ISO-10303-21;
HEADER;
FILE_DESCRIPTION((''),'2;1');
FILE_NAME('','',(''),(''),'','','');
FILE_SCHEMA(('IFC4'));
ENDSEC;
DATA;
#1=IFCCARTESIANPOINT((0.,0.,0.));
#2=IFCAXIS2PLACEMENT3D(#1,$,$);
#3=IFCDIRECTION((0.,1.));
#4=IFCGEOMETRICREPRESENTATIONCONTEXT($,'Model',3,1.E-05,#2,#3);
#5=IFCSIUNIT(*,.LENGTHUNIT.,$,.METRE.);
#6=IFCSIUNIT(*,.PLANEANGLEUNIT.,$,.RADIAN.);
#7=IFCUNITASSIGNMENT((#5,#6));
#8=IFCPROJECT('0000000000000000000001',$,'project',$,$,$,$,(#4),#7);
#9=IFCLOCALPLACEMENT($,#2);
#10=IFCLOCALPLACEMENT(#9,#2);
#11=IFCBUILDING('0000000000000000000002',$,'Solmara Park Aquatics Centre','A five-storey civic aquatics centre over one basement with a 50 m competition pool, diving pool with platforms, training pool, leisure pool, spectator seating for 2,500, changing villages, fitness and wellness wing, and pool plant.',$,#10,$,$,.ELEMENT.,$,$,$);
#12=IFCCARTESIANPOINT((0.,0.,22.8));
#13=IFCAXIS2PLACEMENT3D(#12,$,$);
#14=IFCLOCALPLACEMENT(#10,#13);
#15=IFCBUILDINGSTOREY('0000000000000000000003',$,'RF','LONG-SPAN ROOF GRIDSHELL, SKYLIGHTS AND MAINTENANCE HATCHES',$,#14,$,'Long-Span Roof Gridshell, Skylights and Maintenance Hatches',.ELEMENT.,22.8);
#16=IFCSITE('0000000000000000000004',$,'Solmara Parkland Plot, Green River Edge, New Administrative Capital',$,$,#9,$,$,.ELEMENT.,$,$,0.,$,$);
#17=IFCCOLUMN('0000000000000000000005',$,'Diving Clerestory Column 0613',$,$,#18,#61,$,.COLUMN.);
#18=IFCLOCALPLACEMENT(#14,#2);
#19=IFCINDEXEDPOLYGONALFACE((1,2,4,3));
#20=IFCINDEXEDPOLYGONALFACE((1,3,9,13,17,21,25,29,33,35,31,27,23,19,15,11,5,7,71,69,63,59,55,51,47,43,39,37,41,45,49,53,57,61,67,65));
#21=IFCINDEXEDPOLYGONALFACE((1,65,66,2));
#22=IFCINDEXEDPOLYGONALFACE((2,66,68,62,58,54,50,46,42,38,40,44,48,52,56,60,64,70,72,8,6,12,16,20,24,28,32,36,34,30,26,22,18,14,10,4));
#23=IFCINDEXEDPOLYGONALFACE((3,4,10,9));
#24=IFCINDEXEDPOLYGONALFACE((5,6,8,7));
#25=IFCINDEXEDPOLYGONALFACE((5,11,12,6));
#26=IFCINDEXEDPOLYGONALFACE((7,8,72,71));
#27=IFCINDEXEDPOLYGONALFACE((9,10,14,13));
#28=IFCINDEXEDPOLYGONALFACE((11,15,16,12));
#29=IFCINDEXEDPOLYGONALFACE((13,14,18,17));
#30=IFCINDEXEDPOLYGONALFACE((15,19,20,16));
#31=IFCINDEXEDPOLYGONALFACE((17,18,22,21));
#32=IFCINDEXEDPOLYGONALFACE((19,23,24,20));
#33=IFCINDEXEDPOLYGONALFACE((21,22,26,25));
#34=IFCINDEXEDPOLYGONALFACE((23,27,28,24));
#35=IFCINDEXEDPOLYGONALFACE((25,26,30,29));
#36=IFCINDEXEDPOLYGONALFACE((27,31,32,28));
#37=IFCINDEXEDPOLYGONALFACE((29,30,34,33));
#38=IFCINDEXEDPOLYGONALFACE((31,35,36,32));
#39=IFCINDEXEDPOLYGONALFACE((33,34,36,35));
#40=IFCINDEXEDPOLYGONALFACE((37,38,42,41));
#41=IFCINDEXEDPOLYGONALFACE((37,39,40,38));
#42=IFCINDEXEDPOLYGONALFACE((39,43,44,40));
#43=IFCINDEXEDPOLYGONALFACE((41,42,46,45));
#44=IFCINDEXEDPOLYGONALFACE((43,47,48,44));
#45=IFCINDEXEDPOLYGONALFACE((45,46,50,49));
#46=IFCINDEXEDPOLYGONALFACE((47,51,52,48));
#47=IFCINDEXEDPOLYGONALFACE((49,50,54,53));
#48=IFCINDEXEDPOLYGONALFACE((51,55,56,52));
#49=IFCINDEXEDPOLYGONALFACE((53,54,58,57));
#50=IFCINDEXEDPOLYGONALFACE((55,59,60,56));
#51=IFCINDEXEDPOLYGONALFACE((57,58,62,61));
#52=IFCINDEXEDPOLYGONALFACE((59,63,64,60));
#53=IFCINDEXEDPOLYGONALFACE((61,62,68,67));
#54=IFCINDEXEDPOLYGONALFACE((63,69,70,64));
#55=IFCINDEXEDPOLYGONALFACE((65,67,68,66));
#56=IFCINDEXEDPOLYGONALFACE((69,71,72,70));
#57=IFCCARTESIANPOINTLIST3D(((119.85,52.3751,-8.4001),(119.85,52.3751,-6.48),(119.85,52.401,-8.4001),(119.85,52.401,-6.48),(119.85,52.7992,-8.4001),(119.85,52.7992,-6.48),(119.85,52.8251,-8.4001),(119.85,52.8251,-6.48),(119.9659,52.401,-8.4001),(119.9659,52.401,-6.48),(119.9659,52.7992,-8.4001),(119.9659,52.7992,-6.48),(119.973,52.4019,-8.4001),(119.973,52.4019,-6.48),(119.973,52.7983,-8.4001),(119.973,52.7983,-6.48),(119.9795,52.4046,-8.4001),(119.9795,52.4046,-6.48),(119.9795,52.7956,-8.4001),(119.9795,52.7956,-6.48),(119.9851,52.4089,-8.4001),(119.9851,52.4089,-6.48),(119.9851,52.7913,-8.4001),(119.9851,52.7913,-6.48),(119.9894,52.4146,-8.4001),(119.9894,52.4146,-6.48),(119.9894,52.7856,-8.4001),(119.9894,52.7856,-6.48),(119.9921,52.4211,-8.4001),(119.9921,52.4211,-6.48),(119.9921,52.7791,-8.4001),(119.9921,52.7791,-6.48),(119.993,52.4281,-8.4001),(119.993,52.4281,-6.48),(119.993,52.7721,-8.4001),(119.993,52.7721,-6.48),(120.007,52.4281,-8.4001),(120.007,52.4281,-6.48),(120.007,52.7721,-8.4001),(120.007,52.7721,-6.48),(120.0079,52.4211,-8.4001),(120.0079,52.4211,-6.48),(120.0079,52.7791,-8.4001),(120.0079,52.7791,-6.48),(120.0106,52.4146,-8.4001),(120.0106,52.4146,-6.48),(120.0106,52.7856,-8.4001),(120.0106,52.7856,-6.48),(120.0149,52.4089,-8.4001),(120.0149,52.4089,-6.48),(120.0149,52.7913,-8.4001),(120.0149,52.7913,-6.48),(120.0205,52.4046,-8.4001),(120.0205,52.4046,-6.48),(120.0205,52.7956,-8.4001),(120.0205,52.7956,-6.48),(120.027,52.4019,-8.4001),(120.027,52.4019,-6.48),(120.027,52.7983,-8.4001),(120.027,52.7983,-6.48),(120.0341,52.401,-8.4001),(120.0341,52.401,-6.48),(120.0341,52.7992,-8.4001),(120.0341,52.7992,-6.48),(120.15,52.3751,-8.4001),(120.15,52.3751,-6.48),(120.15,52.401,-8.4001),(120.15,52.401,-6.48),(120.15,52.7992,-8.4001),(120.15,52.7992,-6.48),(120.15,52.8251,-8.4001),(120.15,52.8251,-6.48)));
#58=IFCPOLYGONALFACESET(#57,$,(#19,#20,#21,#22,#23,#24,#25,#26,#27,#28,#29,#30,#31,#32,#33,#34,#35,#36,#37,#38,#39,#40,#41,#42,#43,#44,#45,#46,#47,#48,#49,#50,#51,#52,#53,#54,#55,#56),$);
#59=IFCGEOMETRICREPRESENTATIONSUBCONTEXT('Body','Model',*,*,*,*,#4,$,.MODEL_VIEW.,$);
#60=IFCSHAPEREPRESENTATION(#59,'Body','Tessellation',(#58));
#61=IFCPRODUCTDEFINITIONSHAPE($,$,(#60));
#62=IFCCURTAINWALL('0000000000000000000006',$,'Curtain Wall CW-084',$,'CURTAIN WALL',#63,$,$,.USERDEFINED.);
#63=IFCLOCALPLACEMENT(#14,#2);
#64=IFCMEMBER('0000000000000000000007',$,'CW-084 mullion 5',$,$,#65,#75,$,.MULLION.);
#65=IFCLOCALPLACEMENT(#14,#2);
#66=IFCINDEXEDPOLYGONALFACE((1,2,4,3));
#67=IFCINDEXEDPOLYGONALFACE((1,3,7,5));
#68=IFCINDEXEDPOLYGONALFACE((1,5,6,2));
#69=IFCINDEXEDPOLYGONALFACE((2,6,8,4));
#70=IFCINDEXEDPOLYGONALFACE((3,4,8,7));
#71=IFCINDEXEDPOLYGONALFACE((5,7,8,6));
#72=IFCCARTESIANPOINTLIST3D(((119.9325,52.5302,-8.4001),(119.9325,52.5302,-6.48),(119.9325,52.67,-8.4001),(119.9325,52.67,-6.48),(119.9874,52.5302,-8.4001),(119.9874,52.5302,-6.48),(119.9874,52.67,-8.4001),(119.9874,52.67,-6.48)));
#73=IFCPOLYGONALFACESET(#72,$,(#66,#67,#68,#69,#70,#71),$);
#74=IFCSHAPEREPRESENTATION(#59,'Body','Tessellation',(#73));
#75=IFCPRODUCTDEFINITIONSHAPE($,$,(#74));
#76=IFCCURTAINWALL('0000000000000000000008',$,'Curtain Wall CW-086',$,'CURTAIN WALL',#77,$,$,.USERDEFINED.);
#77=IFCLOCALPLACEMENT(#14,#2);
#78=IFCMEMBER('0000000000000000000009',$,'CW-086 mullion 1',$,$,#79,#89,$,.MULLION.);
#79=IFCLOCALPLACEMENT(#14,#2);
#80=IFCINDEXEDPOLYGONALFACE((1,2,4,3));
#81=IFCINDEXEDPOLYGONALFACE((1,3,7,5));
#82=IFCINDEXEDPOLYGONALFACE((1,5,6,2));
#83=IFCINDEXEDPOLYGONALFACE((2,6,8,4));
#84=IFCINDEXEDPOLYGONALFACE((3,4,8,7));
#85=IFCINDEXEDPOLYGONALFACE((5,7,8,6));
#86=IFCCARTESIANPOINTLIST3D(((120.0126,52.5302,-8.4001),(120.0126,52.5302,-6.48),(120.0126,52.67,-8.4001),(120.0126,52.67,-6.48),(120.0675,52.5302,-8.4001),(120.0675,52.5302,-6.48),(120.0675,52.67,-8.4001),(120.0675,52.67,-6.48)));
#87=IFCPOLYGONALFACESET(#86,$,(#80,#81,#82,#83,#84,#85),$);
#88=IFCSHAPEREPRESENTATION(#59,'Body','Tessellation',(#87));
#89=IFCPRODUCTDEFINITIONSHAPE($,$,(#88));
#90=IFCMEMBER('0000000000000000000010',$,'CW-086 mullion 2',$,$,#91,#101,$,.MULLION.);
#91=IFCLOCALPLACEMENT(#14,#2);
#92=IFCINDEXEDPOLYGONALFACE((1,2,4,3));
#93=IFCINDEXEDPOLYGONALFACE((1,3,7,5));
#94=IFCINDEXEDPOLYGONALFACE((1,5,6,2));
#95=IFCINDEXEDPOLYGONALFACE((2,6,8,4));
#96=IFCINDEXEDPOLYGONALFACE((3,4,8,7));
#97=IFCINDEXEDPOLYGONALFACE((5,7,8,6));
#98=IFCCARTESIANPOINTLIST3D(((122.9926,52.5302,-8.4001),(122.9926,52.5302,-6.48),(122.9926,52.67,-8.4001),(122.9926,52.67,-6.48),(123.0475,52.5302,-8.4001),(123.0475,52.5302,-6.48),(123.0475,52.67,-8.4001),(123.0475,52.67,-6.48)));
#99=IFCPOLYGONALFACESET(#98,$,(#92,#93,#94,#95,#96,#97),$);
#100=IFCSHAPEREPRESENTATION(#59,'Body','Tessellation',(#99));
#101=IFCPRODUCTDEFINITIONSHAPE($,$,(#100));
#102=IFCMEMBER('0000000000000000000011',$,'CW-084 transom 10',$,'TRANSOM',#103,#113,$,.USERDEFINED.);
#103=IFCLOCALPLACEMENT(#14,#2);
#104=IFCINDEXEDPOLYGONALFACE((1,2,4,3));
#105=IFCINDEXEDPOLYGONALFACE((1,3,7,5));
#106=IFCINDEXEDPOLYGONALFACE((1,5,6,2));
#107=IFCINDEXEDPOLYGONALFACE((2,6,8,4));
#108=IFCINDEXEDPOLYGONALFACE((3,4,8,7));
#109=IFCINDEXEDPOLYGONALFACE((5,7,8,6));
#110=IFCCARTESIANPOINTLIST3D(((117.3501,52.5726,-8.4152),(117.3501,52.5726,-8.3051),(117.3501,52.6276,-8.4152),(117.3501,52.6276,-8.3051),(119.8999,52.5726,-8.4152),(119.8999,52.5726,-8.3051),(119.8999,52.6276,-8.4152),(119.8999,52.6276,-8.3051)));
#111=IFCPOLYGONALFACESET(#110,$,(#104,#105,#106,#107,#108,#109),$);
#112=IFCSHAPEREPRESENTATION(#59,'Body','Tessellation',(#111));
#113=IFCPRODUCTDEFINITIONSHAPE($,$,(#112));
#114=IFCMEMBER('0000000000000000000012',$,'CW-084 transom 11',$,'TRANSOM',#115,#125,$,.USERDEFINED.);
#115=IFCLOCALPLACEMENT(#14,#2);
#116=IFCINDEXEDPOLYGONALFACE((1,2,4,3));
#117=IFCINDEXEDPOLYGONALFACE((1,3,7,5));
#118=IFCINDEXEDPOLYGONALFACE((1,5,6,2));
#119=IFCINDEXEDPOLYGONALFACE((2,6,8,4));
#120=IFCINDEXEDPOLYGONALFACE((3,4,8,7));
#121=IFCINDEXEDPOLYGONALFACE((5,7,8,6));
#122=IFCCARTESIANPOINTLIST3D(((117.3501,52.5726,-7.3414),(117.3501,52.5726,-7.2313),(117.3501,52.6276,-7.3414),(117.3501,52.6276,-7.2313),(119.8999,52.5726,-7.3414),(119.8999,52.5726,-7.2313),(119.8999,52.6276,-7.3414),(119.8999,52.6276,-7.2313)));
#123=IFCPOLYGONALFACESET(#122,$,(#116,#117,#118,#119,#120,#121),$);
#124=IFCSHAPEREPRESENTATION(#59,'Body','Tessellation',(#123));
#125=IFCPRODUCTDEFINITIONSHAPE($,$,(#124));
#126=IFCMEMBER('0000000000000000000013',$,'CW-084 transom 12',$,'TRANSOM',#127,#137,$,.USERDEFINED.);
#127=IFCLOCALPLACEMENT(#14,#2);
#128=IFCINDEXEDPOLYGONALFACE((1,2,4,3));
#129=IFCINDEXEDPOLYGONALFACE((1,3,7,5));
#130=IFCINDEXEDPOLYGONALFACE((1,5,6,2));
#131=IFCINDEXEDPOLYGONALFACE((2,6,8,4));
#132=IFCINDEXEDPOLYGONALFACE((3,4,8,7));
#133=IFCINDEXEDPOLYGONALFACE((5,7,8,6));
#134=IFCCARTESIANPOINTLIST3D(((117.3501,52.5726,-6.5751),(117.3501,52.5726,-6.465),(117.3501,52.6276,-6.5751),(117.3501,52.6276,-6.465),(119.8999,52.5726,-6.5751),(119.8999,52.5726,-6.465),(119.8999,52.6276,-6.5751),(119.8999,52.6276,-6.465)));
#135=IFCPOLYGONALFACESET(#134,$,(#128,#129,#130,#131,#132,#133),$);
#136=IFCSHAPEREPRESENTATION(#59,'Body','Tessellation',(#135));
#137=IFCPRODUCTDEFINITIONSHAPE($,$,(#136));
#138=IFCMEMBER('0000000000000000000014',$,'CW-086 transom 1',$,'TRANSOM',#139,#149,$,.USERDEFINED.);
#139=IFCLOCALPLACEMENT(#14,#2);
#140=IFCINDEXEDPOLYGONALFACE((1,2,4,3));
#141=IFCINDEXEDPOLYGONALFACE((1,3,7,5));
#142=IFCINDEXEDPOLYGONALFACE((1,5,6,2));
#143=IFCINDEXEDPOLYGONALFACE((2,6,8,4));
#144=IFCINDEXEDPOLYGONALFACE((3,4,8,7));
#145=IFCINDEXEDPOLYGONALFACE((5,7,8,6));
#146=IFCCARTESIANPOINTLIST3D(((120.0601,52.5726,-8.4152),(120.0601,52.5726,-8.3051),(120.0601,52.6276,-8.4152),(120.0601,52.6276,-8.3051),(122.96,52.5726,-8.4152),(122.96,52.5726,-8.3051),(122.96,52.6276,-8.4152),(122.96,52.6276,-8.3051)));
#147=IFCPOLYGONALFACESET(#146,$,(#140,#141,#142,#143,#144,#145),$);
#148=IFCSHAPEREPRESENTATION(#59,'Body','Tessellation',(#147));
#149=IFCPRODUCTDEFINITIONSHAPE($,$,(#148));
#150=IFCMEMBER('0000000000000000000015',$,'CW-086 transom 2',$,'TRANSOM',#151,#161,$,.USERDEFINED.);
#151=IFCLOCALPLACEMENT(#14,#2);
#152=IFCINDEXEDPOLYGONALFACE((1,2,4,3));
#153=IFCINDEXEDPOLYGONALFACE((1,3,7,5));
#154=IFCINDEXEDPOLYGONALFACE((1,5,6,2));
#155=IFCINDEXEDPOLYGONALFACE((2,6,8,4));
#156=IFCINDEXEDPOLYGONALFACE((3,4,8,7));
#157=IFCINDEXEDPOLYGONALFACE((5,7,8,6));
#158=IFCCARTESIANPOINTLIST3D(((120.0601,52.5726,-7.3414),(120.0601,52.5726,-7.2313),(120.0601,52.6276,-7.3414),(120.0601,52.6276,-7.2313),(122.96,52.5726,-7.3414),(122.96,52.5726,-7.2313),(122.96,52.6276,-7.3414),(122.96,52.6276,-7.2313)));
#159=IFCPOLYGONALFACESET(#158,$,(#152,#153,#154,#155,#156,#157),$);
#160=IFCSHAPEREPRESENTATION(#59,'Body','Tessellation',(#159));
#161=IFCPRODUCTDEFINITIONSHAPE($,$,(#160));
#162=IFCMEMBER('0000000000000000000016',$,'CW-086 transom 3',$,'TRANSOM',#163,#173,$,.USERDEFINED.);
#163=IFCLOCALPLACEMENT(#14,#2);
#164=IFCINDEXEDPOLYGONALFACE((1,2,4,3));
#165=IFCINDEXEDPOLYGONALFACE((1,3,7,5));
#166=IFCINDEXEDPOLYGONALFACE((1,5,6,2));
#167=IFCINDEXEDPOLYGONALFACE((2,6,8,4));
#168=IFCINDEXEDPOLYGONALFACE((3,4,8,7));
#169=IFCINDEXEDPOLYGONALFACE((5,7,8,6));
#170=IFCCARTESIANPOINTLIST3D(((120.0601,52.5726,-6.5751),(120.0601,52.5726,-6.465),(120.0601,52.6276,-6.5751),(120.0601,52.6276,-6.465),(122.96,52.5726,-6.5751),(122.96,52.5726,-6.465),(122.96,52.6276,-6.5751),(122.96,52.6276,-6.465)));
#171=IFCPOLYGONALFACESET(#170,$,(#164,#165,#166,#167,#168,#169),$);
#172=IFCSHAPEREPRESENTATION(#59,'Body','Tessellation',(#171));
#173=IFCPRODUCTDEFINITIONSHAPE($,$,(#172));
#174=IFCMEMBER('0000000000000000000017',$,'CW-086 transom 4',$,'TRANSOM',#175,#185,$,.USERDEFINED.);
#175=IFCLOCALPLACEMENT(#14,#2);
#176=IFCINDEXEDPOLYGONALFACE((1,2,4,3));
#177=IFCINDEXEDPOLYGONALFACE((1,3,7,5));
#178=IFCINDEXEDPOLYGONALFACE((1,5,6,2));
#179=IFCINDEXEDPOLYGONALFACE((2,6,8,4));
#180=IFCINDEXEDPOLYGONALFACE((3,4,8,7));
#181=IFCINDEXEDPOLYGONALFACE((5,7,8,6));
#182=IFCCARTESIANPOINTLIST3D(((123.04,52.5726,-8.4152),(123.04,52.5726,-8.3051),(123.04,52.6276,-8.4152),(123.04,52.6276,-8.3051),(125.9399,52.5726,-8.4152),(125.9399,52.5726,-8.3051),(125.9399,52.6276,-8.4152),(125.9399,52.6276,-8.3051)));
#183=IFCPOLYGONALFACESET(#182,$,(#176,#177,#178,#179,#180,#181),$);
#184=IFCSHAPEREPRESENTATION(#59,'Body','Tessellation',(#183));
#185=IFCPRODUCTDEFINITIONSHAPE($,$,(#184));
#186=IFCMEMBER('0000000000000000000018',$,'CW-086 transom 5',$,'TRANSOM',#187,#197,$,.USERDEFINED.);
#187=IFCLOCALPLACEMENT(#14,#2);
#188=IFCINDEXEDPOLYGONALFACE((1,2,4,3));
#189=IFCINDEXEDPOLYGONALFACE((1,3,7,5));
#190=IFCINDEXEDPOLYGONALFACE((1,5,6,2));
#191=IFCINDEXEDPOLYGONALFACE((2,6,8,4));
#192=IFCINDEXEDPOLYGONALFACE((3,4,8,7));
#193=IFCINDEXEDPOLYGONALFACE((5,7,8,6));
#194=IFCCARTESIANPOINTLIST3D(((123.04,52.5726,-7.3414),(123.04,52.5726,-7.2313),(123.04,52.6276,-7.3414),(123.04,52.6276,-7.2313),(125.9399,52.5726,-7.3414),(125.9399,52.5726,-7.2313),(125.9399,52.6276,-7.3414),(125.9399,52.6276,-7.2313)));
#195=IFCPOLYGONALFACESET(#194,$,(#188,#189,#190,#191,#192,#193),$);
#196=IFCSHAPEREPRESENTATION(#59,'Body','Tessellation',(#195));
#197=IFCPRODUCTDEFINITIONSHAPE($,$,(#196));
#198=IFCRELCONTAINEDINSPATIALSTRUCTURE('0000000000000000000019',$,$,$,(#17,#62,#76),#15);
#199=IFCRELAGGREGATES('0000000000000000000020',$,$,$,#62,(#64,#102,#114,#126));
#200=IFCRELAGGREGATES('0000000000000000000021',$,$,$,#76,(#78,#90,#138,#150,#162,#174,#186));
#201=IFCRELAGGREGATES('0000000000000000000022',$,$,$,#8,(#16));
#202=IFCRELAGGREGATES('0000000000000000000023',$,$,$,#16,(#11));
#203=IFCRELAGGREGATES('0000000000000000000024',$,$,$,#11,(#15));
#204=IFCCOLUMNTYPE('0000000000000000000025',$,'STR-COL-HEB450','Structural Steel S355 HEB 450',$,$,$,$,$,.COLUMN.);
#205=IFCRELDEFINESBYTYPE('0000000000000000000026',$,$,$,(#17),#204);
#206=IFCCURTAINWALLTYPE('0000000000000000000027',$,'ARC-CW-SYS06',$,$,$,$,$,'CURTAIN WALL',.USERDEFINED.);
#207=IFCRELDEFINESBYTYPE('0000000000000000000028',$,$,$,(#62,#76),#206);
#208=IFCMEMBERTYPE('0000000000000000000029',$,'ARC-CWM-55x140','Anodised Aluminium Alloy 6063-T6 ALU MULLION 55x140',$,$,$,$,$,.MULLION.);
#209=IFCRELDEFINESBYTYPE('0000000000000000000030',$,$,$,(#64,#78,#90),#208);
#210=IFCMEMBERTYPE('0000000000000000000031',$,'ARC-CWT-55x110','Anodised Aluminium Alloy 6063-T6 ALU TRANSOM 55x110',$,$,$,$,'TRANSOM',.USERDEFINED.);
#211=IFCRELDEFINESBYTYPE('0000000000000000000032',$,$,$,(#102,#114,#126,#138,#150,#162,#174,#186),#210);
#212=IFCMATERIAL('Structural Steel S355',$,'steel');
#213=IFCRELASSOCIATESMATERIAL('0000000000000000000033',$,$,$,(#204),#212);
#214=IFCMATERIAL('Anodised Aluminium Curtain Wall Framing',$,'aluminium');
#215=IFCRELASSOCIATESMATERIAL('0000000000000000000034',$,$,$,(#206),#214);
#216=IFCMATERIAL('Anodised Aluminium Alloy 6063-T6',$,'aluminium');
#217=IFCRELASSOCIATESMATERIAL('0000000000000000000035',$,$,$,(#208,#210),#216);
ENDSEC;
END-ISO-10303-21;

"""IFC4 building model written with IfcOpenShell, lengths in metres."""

from ifc_helpers import new_model, si_unit, direction, frame, origin, origin_2d, place, context, subcontext, project, spatial, rectangle, i_section, extrude, material, material_profile, profile_set, type_object, element, aggregate, save


model = new_model("IFC4")

# Units and contexts
model_context = context("Model", 3, precision=1e-05, world=origin(), true_north=direction((0.0, 1.0)))
body_context = subcontext(model_context, "Body", "Model", "MODEL_VIEW")
ifc_project = project(units=[si_unit("LENGTHUNIT", "METRE"), si_unit("PLANEANGLEUNIT", "RADIAN")], contexts=[model_context])

# Site, building, storey
site_placement = place(None, origin())
site = spatial("IfcSite", under=ifc_project, at=site_placement, Name="Solmara Parkland Plot, Green River Edge, New Administrative Capital", CompositionType="ELEMENT", RefElevation=0.0)
building_placement = place(site_placement, origin())
building = spatial("IfcBuilding", under=site, at=building_placement, Name="Solmara Park Aquatics Centre", Description="A five-storey civic aquatics centre over one basement with a 50 m competition pool, diving pool with platforms, training pool, leisure pool, spectator seating for 2,500, changing villages, fitness and wellness wing, and pool plant.", CompositionType="ELEMENT")
storey_placement = place(building_placement, frame((0.0, 0.0, 22.8)))
storey = spatial("IfcBuildingStorey", under=building, at=storey_placement, Name="RF", Description="LONG-SPAN ROOF GRIDSHELL, SKYLIGHTS AND MAINTENANCE HATCHES", LongName="Long-Span Roof Gridshell, Skylights and Maintenance Hatches", CompositionType="ELEMENT", Elevation=22.8)

# Column
ifc_material_1 = material(Name="Structural Steel S355", Category="steel")
ifc_material_profile_1 = material_profile(ifc_material_1, i_section(OverallWidth=0.3, OverallDepth=0.45, WebThickness=0.0139, FlangeThickness=0.0259, FilletRadius=0.0271, at=origin_2d()), Name="HEB 450")
ifc_profile_set_1 = profile_set([ifc_material_profile_1], Name="Structural Steel S355")
column_type = type_object("IfcColumnType", Name="STR-COL-HEB450", Description="Structural Steel S355 HEB 450", PredefinedType="COLUMN", material=ifc_profile_set_1)
column_placement = place(storey_placement, frame((120.0, 52.6001, -8.4001), z_axis=(0.0, 0.0, 1.0), x_axis=(1.0, 0.0, 0.0)))
element("IfcColumn", 1, at=column_placement, inside=storey, type_object=column_type, Name="Diving Clerestory Column 0613", PredefinedType="COLUMN", context=body_context, shape_type="SweptSolid", body=[
    extrude(i_section(OverallWidth=0.3, OverallDepth=0.45, WebThickness=0.0139, FlangeThickness=0.0259, FilletRadius=0.0271, at=origin_2d()), origin(), (0.0, 0.0, 1.0), 1.9202),
])

# Curtain wall, member
ifc_material_2 = material(Name="Anodised Aluminium Curtain Wall Framing", Category="aluminium")
curtain_wall_type = type_object("IfcCurtainWallType", Name="ARC-CW-SYS06", ElementType="CURTAIN WALL", PredefinedType="USERDEFINED", material=ifc_material_2)
curtain_wall_1_placement = place(storey_placement, origin())
curtain_wall_1 = element("IfcCurtainWall", 2, at=curtain_wall_1_placement, inside=storey, type_object=curtain_wall_type, Name="Curtain Wall CW-084", ObjectType="CURTAIN WALL", PredefinedType="USERDEFINED")
ifc_material_3 = material(Name="Anodised Aluminium Alloy 6063-T6", Category="aluminium")
ifc_material_profile_2 = material_profile(ifc_material_3, rectangle(XDim=0.0549, YDim=0.1399, at=origin_2d()), Name="ALU MULLION 55x140")
ifc_profile_set_2 = profile_set([ifc_material_profile_2], Name="Anodised Aluminium Alloy 6063-T6")
member_type_1 = type_object("IfcMemberType", Name="ARC-CWM-55x140", Description="Anodised Aluminium Alloy 6063-T6 ALU MULLION 55x140", PredefinedType="MULLION", material=ifc_profile_set_2)
member_1_placement = place(storey_placement, frame((119.96, 52.6001, -8.4001), z_axis=(0.0, 0.0, 1.0), x_axis=(1.0, 0.0, 0.0)))
member_1 = element("IfcMember", 3, at=member_1_placement, type_object=member_type_1, Name="CW-084 mullion 5", PredefinedType="MULLION", context=body_context, shape_type="SweptSolid", body=[
    extrude(rectangle(XDim=0.0549, YDim=0.1399, at=origin_2d()), origin(), (0.0, 0.0, 1.0), 1.9202),
])

# Curtain wall, members
curtain_wall_2_placement = place(storey_placement, origin())
curtain_wall_2 = element("IfcCurtainWall", 4, at=curtain_wall_2_placement, inside=storey, type_object=curtain_wall_type, Name="Curtain Wall CW-086", ObjectType="CURTAIN WALL", PredefinedType="USERDEFINED")
member_2_placement = place(storey_placement, frame((120.04, 52.6001, -8.4001), z_axis=(0.0, 0.0, 1.0), x_axis=(1.0, 0.0, 0.0)))
member_2 = element("IfcMember", 5, at=member_2_placement, type_object=member_type_1, Name="CW-086 mullion 1", PredefinedType="MULLION", context=body_context, shape_type="SweptSolid", body=[
    extrude(rectangle(XDim=0.0549, YDim=0.1399, at=origin_2d()), origin(), (0.0, 0.0, 1.0), 1.9202),
])
member_3_placement = place(storey_placement, frame((123.02, 52.6001, -8.4001), z_axis=(0.0, 0.0, 1.0), x_axis=(1.0, 0.0, 0.0)))
member_3 = element("IfcMember", 6, at=member_3_placement, type_object=member_type_1, Name="CW-086 mullion 2", PredefinedType="MULLION", context=body_context, shape_type="SweptSolid", body=[
    extrude(rectangle(XDim=0.0549, YDim=0.1399, at=origin_2d()), origin(), (0.0, 0.0, 1.0), 1.9202),
])

# Members
ifc_material_profile_3 = material_profile(ifc_material_3, rectangle(XDim=0.0549, YDim=0.1101, at=origin_2d()), Name="ALU TRANSOM 55x110")
ifc_profile_set_3 = profile_set([ifc_material_profile_3], Name="Anodised Aluminium Alloy 6063-T6")
member_type_2 = type_object("IfcMemberType", Name="ARC-CWT-55x110", Description="Anodised Aluminium Alloy 6063-T6 ALU TRANSOM 55x110", ElementType="TRANSOM", PredefinedType="USERDEFINED", material=ifc_profile_set_3)
member_4_placement = place(storey_placement, frame((117.3501, 52.6001, -8.3601), z_axis=(1.0, 0.0, 0.0), x_axis=(0.0, 1.0, 0.0)))
member_4 = element("IfcMember", 7, at=member_4_placement, type_object=member_type_2, Name="CW-084 transom 10", ObjectType="TRANSOM", PredefinedType="USERDEFINED", context=body_context, shape_type="SweptSolid", body=[
    extrude(rectangle(XDim=0.0549, YDim=0.1101, at=origin_2d()), origin(), (0.0, 0.0, 1.0), 2.5498),
])
member_5_placement = place(storey_placement, frame((117.3501, 52.6001, -7.2864), z_axis=(1.0, 0.0, 0.0), x_axis=(0.0, 1.0, 0.0)))
member_5 = element("IfcMember", 8, at=member_5_placement, type_object=member_type_2, Name="CW-084 transom 11", ObjectType="TRANSOM", PredefinedType="USERDEFINED", context=body_context, shape_type="SweptSolid", body=[
    extrude(rectangle(XDim=0.0549, YDim=0.1101, at=origin_2d()), origin(), (0.0, 0.0, 1.0), 2.5498),
])
member_6_placement = place(storey_placement, frame((117.3501, 52.6001, -6.52), z_axis=(1.0, 0.0, 0.0), x_axis=(0.0, 1.0, 0.0)))
member_6 = element("IfcMember", 9, at=member_6_placement, type_object=member_type_2, Name="CW-084 transom 12", ObjectType="TRANSOM", PredefinedType="USERDEFINED", context=body_context, shape_type="SweptSolid", body=[
    extrude(rectangle(XDim=0.0549, YDim=0.1101, at=origin_2d()), origin(), (0.0, 0.0, 1.0), 2.5498),
])
member_7_placement = place(storey_placement, frame((120.0601, 52.6001, -8.3601), z_axis=(1.0, 0.0, 0.0), x_axis=(0.0, 1.0, 0.0)))
member_7 = element("IfcMember", 10, at=member_7_placement, type_object=member_type_2, Name="CW-086 transom 1", ObjectType="TRANSOM", PredefinedType="USERDEFINED", context=body_context, shape_type="SweptSolid", body=[
    extrude(rectangle(XDim=0.0549, YDim=0.1101, at=origin_2d()), origin(), (0.0, 0.0, 1.0), 2.8999),
])
member_8_placement = place(storey_placement, frame((120.0601, 52.6001, -7.2864), z_axis=(1.0, 0.0, 0.0), x_axis=(0.0, 1.0, 0.0)))
member_8 = element("IfcMember", 11, at=member_8_placement, type_object=member_type_2, Name="CW-086 transom 2", ObjectType="TRANSOM", PredefinedType="USERDEFINED", context=body_context, shape_type="SweptSolid", body=[
    extrude(rectangle(XDim=0.0549, YDim=0.1101, at=origin_2d()), origin(), (0.0, 0.0, 1.0), 2.8999),
])
member_9_placement = place(storey_placement, frame((120.0601, 52.6001, -6.52), z_axis=(1.0, 0.0, 0.0), x_axis=(0.0, 1.0, 0.0)))
member_9 = element("IfcMember", 12, at=member_9_placement, type_object=member_type_2, Name="CW-086 transom 3", ObjectType="TRANSOM", PredefinedType="USERDEFINED", context=body_context, shape_type="SweptSolid", body=[
    extrude(rectangle(XDim=0.0549, YDim=0.1101, at=origin_2d()), origin(), (0.0, 0.0, 1.0), 2.8999),
])
member_10_placement = place(storey_placement, frame((123.04, 52.6001, -8.3601), z_axis=(1.0, 0.0, 0.0), x_axis=(0.0, 1.0, 0.0)))
member_10 = element("IfcMember", 13, at=member_10_placement, type_object=member_type_2, Name="CW-086 transom 4", ObjectType="TRANSOM", PredefinedType="USERDEFINED", context=body_context, shape_type="SweptSolid", body=[
    extrude(rectangle(XDim=0.0549, YDim=0.1101, at=origin_2d()), origin(), (0.0, 0.0, 1.0), 2.8999),
])
member_11_placement = place(storey_placement, frame((123.04, 52.6001, -7.2864), z_axis=(1.0, 0.0, 0.0), x_axis=(0.0, 1.0, 0.0)))
member_11 = element("IfcMember", 14, at=member_11_placement, type_object=member_type_2, Name="CW-086 transom 5", ObjectType="TRANSOM", PredefinedType="USERDEFINED", context=body_context, shape_type="SweptSolid", body=[
    extrude(rectangle(XDim=0.0549, YDim=0.1101, at=origin_2d()), origin(), (0.0, 0.0, 1.0), 2.8999),
])

aggregate(curtain_wall_1, [member_1, member_4, member_5, member_6])
aggregate(curtain_wall_2, [member_2, member_3, member_7, member_8, member_9, member_10, member_11])

save(model, "model.ifc")
